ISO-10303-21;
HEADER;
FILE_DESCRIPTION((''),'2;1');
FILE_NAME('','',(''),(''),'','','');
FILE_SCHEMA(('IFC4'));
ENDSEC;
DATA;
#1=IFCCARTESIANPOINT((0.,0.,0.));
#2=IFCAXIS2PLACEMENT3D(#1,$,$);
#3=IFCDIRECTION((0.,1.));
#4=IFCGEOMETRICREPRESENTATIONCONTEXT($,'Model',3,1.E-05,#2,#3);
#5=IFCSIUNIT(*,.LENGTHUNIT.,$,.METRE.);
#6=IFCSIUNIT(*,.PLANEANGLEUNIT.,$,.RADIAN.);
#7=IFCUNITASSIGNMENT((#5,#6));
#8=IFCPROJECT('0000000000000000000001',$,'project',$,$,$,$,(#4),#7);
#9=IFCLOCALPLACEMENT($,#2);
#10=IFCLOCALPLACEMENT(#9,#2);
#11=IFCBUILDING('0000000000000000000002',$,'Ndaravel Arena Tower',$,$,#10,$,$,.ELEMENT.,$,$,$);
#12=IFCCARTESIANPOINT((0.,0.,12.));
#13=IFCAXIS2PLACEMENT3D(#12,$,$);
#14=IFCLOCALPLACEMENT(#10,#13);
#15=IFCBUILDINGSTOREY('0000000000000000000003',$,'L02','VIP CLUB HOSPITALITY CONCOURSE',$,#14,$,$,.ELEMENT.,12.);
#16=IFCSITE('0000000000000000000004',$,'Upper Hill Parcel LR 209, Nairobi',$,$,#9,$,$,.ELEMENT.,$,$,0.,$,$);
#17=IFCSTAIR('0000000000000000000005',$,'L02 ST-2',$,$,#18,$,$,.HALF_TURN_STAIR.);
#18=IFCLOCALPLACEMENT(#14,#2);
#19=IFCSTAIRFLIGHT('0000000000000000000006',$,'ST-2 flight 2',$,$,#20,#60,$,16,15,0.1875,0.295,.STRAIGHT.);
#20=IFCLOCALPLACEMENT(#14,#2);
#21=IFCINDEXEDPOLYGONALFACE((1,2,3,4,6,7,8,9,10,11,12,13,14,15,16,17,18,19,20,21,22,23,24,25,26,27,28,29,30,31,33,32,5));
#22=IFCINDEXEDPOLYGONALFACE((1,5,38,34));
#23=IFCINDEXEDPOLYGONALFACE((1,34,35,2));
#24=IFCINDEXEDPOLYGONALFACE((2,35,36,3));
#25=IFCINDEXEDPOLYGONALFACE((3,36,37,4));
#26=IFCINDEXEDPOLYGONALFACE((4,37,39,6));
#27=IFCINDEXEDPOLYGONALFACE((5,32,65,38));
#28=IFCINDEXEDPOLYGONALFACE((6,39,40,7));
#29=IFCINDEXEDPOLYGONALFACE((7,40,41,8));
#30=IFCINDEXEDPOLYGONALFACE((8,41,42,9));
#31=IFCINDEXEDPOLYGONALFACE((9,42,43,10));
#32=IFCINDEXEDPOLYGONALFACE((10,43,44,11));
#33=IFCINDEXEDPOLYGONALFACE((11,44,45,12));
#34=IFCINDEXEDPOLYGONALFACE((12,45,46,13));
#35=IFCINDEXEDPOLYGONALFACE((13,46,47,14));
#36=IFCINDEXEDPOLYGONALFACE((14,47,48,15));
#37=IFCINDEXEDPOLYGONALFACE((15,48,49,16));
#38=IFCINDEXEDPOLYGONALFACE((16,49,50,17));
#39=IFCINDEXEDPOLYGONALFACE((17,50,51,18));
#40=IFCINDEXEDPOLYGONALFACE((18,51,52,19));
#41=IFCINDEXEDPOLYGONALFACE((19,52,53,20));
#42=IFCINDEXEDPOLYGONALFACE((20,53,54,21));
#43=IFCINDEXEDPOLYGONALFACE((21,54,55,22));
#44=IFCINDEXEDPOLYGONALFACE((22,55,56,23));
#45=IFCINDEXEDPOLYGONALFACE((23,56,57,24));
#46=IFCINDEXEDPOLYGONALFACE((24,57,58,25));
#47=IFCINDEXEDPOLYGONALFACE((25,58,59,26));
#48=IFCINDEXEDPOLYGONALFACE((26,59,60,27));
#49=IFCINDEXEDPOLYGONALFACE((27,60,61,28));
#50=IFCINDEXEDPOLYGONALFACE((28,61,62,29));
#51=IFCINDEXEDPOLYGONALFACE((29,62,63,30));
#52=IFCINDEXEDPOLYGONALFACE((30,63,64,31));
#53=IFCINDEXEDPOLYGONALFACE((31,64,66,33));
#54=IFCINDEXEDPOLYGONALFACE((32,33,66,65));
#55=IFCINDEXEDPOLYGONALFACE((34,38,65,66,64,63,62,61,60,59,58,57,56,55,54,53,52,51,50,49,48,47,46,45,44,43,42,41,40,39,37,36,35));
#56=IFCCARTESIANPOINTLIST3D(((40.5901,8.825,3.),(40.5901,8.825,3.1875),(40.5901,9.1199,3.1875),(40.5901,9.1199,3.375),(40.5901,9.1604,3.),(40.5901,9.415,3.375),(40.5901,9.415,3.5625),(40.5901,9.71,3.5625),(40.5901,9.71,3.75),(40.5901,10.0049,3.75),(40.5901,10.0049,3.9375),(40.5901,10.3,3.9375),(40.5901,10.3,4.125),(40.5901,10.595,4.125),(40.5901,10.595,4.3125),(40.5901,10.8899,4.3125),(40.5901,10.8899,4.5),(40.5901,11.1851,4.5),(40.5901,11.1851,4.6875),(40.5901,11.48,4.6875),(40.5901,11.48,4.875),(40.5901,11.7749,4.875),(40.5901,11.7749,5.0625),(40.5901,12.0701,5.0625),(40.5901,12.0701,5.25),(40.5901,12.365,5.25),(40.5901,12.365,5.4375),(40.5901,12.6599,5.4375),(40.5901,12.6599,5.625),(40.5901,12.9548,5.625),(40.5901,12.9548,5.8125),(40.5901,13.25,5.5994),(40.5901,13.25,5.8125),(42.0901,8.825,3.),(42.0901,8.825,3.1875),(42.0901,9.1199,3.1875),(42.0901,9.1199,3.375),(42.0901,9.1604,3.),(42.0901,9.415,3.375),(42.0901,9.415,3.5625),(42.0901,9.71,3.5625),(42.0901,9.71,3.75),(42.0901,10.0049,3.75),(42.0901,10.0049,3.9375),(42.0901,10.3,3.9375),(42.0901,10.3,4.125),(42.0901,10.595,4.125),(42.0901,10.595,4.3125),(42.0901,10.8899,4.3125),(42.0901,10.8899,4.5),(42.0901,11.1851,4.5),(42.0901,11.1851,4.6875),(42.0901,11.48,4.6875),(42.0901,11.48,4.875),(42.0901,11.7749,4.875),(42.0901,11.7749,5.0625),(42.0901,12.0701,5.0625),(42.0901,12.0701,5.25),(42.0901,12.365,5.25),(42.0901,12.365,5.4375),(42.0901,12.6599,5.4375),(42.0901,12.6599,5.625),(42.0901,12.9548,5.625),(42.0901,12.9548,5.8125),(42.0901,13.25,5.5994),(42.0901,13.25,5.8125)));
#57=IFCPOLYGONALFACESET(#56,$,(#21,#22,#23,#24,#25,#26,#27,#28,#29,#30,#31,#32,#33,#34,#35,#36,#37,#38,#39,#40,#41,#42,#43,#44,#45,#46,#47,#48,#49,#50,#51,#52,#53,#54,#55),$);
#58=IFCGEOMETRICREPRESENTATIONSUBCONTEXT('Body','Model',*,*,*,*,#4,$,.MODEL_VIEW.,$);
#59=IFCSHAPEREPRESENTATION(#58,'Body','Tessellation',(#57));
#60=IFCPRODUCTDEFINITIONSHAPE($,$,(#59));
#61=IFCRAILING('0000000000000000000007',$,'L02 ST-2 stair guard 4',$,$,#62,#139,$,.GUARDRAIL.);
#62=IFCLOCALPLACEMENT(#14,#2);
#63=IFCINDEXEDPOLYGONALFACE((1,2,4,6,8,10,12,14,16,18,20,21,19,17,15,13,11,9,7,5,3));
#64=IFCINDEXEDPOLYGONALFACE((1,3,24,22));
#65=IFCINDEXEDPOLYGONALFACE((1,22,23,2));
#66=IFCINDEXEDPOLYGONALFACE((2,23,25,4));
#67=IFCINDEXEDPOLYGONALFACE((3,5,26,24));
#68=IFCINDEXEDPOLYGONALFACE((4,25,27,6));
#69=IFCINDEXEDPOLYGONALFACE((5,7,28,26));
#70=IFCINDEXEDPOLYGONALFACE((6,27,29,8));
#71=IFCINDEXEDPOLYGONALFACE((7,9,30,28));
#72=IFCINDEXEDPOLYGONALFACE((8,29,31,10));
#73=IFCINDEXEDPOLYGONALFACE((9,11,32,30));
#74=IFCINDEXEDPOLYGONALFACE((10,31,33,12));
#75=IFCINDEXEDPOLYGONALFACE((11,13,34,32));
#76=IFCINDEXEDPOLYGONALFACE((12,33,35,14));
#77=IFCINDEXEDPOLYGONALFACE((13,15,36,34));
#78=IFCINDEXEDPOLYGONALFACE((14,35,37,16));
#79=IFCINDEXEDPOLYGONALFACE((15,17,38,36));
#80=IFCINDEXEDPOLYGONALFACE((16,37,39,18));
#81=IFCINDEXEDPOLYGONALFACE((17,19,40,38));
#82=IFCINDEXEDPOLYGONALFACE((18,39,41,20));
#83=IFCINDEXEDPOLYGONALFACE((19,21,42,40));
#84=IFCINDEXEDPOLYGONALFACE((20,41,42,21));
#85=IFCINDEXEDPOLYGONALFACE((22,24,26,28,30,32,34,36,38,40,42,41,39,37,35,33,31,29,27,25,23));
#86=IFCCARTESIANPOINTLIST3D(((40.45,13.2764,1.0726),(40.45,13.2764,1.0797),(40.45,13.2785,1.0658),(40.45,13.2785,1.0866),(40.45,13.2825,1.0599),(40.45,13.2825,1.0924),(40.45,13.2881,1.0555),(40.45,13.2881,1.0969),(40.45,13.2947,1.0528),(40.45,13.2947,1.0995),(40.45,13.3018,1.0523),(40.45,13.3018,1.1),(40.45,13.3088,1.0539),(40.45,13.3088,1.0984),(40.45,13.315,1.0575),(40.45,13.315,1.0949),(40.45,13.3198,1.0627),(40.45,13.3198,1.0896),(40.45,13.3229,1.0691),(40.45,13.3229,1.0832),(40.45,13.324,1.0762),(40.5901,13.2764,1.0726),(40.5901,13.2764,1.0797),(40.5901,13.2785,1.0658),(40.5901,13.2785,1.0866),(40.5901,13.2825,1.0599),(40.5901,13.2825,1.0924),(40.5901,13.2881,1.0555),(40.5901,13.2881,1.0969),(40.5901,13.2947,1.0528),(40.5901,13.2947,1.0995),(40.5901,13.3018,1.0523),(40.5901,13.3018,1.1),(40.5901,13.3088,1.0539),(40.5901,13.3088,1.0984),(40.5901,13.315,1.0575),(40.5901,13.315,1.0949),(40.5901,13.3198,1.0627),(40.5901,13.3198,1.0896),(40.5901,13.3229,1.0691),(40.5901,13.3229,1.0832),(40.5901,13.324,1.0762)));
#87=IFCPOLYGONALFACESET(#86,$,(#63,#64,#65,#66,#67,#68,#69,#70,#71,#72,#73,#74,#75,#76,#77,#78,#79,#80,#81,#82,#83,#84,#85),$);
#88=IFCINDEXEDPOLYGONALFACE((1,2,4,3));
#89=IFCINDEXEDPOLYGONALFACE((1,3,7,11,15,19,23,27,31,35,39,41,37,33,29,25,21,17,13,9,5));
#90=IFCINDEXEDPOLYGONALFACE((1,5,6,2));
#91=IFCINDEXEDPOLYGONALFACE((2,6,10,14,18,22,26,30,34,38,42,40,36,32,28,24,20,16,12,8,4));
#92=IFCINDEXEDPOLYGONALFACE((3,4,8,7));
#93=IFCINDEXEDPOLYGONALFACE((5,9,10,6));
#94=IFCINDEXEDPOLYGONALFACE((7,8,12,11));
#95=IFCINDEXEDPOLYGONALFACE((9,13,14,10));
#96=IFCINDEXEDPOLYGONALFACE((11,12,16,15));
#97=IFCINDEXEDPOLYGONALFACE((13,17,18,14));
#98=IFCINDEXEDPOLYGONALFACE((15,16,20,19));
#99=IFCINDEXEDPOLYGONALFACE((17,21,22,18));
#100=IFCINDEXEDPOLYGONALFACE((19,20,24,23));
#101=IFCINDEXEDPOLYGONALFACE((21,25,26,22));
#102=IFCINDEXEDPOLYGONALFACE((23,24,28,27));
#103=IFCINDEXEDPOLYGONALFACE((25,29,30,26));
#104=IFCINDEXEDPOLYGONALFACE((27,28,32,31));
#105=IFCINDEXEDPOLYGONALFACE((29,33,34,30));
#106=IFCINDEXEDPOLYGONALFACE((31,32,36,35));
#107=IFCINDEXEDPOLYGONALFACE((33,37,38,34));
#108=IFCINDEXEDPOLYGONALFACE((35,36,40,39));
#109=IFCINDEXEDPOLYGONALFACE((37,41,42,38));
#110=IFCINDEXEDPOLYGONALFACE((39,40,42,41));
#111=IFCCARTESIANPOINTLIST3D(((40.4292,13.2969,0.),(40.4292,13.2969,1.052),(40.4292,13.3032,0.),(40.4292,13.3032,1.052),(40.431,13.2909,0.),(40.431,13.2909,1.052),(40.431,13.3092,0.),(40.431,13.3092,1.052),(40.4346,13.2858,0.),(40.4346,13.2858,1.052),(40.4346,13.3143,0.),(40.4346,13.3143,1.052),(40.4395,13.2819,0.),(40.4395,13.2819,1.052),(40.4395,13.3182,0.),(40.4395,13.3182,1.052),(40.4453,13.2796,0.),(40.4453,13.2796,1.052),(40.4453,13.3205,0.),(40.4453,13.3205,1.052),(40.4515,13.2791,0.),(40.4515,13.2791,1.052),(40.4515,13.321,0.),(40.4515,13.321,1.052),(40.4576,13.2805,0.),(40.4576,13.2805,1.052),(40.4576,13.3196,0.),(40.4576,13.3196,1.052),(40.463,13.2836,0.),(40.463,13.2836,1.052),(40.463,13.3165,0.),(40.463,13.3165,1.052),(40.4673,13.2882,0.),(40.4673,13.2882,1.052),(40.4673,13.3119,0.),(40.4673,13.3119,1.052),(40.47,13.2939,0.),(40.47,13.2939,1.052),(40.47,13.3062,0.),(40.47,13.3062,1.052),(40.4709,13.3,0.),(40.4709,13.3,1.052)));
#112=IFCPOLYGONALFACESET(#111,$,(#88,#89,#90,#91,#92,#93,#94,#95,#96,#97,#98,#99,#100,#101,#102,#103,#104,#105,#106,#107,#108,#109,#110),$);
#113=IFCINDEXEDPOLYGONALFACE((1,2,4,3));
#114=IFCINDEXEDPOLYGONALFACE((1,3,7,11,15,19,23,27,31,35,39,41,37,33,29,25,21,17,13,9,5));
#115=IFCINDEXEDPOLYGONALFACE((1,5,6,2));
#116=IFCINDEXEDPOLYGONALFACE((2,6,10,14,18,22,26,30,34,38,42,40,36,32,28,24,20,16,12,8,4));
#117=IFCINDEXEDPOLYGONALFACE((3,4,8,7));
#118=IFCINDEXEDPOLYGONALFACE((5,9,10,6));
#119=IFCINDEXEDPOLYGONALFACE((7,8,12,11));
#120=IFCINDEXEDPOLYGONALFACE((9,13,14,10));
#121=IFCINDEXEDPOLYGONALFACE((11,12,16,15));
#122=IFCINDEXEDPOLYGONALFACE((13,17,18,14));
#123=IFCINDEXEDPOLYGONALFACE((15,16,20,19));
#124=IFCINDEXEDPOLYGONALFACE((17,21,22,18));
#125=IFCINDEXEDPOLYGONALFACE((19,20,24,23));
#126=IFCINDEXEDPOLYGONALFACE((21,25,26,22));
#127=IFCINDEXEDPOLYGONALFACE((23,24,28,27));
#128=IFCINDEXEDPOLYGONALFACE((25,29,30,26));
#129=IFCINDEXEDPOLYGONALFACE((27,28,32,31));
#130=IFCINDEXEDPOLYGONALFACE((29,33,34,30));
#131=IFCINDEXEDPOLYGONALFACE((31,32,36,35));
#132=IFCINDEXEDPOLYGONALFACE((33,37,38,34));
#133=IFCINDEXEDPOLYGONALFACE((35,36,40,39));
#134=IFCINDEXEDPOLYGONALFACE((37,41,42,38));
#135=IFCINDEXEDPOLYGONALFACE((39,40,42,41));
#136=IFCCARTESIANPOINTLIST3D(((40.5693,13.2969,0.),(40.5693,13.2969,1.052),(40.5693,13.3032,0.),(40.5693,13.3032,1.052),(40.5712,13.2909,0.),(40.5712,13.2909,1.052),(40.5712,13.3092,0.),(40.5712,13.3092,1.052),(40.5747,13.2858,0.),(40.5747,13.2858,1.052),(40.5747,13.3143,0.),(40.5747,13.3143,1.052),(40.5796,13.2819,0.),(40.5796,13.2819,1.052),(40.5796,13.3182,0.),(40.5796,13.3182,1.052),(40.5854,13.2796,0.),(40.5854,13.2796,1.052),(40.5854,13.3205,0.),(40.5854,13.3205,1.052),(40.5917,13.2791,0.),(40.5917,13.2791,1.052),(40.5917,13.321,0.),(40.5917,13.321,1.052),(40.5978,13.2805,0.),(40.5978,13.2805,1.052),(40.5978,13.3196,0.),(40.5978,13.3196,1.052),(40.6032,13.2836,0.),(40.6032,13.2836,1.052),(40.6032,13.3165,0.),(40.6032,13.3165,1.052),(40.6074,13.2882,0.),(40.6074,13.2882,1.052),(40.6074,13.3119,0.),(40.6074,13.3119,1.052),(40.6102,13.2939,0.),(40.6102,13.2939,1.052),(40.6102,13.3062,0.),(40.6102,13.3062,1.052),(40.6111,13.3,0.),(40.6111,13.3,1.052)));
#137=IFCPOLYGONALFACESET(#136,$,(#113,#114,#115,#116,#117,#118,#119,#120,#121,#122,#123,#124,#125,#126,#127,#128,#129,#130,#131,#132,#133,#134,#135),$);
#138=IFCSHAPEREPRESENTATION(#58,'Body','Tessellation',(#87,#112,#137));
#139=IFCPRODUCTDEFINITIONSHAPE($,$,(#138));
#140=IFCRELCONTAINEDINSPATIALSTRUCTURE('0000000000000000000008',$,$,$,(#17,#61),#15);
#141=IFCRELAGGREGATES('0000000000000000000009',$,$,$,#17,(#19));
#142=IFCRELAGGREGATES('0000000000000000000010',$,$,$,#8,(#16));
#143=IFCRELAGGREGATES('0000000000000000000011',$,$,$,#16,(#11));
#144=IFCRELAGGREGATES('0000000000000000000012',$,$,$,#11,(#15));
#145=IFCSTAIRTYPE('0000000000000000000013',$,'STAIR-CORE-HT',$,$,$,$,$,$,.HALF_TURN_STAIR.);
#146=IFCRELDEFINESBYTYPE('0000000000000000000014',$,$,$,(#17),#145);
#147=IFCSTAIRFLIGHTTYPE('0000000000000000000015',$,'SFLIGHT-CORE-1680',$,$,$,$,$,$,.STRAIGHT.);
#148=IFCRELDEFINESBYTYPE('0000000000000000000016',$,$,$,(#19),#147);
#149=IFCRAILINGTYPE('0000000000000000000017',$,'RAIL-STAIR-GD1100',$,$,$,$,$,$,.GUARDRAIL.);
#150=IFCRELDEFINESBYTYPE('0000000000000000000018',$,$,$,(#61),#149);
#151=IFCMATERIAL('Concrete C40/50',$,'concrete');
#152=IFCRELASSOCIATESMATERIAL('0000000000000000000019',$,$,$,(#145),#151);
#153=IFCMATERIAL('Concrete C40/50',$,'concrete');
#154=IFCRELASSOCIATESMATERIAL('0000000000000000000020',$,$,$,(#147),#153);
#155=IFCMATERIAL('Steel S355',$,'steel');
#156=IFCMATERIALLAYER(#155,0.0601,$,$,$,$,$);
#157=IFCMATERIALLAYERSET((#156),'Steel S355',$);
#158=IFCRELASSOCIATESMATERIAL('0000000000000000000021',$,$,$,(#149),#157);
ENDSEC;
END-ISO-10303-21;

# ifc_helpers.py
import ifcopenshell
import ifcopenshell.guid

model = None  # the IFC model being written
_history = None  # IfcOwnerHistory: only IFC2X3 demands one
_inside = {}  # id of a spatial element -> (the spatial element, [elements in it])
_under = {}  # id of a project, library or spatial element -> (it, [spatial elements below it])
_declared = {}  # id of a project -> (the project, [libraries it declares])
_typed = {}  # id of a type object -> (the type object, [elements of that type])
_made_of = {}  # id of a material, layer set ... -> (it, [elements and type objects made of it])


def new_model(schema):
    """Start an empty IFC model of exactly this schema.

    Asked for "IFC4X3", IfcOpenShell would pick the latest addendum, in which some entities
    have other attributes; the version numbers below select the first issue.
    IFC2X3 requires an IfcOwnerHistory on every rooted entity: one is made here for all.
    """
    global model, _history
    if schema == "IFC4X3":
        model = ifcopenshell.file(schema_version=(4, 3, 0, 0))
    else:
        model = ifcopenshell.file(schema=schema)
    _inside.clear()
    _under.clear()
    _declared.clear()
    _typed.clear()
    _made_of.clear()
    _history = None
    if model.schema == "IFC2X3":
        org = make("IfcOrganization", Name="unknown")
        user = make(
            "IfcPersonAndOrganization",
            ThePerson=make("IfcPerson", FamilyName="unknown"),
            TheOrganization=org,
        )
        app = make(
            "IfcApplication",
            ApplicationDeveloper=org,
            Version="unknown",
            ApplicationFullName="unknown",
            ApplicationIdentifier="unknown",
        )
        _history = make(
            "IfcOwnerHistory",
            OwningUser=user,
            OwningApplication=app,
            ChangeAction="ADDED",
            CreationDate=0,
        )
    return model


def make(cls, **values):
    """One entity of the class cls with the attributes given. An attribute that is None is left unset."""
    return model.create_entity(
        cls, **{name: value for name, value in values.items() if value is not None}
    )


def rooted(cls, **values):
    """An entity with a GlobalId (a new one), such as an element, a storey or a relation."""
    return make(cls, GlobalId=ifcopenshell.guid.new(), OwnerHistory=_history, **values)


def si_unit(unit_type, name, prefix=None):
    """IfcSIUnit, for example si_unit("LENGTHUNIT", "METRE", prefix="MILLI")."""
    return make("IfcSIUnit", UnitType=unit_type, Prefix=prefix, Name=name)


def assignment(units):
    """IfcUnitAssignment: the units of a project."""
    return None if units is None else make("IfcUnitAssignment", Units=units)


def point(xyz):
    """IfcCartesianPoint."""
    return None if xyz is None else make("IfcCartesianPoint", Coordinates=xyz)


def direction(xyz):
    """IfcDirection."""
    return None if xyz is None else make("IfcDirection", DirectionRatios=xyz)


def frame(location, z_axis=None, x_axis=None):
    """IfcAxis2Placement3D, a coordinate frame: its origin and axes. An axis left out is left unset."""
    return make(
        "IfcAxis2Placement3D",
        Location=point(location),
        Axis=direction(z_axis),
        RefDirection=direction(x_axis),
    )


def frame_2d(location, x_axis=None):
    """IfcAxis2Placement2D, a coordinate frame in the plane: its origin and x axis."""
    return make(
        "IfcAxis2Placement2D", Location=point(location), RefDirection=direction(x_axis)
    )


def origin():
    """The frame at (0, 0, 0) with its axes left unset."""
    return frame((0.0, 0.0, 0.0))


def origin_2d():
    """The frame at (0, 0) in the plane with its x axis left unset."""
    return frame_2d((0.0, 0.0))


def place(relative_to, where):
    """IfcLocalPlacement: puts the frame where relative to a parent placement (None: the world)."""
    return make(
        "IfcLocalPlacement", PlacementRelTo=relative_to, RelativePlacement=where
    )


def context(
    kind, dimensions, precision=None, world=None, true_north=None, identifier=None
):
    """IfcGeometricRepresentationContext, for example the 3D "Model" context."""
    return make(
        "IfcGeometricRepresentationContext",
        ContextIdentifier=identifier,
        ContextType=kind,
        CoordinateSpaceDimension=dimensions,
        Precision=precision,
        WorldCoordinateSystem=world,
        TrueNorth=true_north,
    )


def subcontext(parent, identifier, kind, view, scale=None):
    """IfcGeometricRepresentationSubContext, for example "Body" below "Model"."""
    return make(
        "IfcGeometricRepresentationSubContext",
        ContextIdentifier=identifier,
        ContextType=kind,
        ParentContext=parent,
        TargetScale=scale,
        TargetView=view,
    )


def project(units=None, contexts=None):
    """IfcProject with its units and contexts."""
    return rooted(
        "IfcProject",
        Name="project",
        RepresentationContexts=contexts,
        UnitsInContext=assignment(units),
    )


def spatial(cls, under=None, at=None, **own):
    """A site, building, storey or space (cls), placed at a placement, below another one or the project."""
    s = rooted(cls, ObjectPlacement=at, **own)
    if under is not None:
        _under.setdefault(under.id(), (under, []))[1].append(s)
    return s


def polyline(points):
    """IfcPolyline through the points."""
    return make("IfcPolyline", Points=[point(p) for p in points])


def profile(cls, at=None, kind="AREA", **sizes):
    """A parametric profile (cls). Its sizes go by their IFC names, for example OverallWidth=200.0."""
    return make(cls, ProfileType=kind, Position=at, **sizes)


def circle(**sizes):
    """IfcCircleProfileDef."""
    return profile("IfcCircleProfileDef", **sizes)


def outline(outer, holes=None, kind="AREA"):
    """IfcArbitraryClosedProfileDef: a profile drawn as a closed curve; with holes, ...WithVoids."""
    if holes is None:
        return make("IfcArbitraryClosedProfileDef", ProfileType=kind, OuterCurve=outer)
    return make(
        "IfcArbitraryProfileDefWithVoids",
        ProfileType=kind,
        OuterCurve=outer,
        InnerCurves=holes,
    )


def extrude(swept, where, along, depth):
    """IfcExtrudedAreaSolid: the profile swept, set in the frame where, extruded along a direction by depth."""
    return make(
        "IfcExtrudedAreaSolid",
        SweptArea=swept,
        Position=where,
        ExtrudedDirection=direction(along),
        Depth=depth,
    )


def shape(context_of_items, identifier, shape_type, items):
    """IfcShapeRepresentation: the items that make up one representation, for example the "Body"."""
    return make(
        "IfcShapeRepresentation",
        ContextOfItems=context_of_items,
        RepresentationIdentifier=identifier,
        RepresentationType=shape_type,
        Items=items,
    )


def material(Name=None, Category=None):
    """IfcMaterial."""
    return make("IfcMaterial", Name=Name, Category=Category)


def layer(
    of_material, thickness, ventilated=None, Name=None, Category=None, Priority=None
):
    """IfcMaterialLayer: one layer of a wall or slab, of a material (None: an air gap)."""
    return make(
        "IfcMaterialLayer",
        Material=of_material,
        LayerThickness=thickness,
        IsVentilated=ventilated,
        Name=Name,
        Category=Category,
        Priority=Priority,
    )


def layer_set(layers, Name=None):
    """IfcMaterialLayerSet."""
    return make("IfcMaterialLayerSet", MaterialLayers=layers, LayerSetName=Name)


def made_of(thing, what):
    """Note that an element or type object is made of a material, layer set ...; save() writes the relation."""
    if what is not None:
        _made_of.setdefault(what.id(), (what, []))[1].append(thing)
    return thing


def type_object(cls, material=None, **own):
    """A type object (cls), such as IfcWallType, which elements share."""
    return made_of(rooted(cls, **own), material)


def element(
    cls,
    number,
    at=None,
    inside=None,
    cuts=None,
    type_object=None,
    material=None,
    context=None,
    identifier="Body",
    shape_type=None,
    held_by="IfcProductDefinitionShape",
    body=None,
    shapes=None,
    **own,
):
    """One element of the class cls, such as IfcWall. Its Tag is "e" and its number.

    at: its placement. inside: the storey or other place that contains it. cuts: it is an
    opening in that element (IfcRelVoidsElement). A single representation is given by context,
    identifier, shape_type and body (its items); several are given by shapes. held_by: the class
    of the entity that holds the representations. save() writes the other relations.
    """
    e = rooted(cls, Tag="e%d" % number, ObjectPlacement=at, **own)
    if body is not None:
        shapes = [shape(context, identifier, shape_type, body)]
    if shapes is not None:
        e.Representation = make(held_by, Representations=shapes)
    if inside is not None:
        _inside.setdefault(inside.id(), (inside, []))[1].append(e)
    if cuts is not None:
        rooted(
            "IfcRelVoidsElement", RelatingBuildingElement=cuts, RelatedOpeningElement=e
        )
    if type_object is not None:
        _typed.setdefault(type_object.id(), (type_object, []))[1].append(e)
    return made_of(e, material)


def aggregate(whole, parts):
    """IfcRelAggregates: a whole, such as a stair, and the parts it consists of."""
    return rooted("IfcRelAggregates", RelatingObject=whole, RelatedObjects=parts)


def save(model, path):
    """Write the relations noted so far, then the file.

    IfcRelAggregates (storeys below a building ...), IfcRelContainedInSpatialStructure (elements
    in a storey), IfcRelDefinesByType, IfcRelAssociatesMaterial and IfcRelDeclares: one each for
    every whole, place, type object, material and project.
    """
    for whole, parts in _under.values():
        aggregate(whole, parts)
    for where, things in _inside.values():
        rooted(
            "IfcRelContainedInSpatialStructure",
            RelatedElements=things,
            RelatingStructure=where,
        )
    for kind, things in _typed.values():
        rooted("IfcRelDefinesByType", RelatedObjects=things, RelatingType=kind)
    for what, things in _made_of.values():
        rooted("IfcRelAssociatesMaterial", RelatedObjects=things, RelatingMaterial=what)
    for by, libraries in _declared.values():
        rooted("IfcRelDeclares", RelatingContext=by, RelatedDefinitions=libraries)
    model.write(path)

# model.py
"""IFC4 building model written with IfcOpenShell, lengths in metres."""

from ifc_helpers import new_model, si_unit, direction, frame, origin, origin_2d, place, context, subcontext, project, spatial, polyline, circle, outline, extrude, material, layer, layer_set, type_object, element, aggregate, save


model = new_model("IFC4")

# Units and contexts
model_context = context("Model", 3, precision=1e-05, world=origin(), true_north=direction((0.0, 1.0)))
body_context = subcontext(model_context, "Body", "Model", "MODEL_VIEW")
ifc_project = project(units=[si_unit("LENGTHUNIT", "METRE"), si_unit("PLANEANGLEUNIT", "RADIAN")], contexts=[model_context])

# Site, building, storey
site_placement = place(None, origin())
site = spatial("IfcSite", under=ifc_project, at=site_placement, Name="Upper Hill Parcel LR 209, Nairobi", CompositionType="ELEMENT", RefElevation=0.0)
building_placement = place(site_placement, origin())
building = spatial("IfcBuilding", under=site, at=building_placement, Name="Ndaravel Arena Tower", CompositionType="ELEMENT")
storey_placement = place(building_placement, frame((0.0, 0.0, 12.0)))
storey = spatial("IfcBuildingStorey", under=building, at=storey_placement, Name="L02", Description="VIP CLUB HOSPITALITY CONCOURSE", CompositionType="ELEMENT", Elevation=12.0)

# Stair, stair flight
ifc_material_1 = material(Name="Concrete C40/50", Category="concrete")
stair_type = type_object("IfcStairType", Name="STAIR-CORE-HT", PredefinedType="HALF_TURN_STAIR", material=ifc_material_1)
stair_placement = place(storey_placement, origin())
stair = element("IfcStair", 1, at=stair_placement, inside=storey, type_object=stair_type, Name="L02 ST-2", PredefinedType="HALF_TURN_STAIR")
ifc_material_2 = material(Name="Concrete C40/50", Category="concrete")
stair_flight_type = type_object("IfcStairFlightType", Name="SFLIGHT-CORE-1680", PredefinedType="STRAIGHT", material=ifc_material_2)
stair_flight_1_placement = place(storey_placement, frame((41.3401, 8.825, 3.0), z_axis=(0.0, 0.0, 1.0), x_axis=(0.0, 1.0, 0.0)))
stair_flight_1 = element("IfcStairFlight", 2, at=stair_flight_1_placement, type_object=stair_flight_type, Name="ST-2 flight 2", NumberOfRisers=16, NumberOfTreads=15, PredefinedType="STRAIGHT", RiserHeight=0.1875, TreadLength=0.295, context=body_context, shape_type="SweptSolid", body=[
    extrude(outline(polyline([(0.0, 0.0), (0.0, 0.1875), (0.2949, 0.1875), (0.2949, 0.375), (0.5901, 0.375), (0.5901, 0.5625), (0.885, 0.5625), (0.885, 0.75), (1.1799, 0.75), (1.1799, 0.9375), (1.4751, 0.9375), (1.4751, 1.125), (1.77, 1.125), (1.77, 1.3125), (2.0649, 1.3125), (2.0649, 1.5), (2.3601, 1.5), (2.3601, 1.6875), (2.655, 1.6875), (2.655, 1.875), (2.95, 1.875), (2.95, 2.0625), (3.2451, 2.0625), (3.2451, 2.25), (3.54, 2.25), (3.54, 2.4375), (3.835, 2.4375), (3.835, 2.625), (4.1299, 2.625), (4.1299, 2.8125), (4.425, 2.8125), (4.425, 3.0), (4.425, 2.5994), (0.3354, 0.0), (0.0, 0.0)])), frame((0.0, 0.75, 0.0), z_axis=(0.0, -1.0, 0.0), x_axis=(1.0, 0.0, 0.0)), (0.0, 0.0, 1.0), 1.5),
])
aggregate(stair, [stair_flight_1])

# Railing
ifc_material_3 = material(Name="Steel S355", Category="steel")
ifc_layer_1 = layer(ifc_material_3, 0.0601)
ifc_layer_set_1 = layer_set([ifc_layer_1], Name="Steel S355")
railing_type_1 = type_object("IfcRailingType", Name="RAIL-STAIR-GD1100", PredefinedType="GUARDRAIL", material=ifc_layer_set_1)
railing_1_placement = place(storey_placement, frame((40.45, 13.3, 0.0)))
element("IfcRailing", 3, at=railing_1_placement, inside=storey, type_object=railing_type_1, Name="L02 ST-2 stair guard 4", PredefinedType="GUARDRAIL", context=body_context, shape_type="SweptSolid", body=[
    extrude(circle(Radius=0.0239, at=origin_2d()), frame((0.0, 0.0, 1.0762), z_axis=(1.0, 0.0, 0.0), x_axis=(0.0, 1.0, 0.0)), (0.0, 0.0, 1.0), 0.1401),
    extrude(circle(Radius=0.021, at=origin_2d()), origin(), (0.0, 0.0, 1.0), 1.052),
    extrude(circle(Radius=0.021, at=origin_2d()), frame((0.1401, 0.0, 0.0)), (0.0, 0.0, 1.0), 1.052),
])

save(model, "model.ifc")
